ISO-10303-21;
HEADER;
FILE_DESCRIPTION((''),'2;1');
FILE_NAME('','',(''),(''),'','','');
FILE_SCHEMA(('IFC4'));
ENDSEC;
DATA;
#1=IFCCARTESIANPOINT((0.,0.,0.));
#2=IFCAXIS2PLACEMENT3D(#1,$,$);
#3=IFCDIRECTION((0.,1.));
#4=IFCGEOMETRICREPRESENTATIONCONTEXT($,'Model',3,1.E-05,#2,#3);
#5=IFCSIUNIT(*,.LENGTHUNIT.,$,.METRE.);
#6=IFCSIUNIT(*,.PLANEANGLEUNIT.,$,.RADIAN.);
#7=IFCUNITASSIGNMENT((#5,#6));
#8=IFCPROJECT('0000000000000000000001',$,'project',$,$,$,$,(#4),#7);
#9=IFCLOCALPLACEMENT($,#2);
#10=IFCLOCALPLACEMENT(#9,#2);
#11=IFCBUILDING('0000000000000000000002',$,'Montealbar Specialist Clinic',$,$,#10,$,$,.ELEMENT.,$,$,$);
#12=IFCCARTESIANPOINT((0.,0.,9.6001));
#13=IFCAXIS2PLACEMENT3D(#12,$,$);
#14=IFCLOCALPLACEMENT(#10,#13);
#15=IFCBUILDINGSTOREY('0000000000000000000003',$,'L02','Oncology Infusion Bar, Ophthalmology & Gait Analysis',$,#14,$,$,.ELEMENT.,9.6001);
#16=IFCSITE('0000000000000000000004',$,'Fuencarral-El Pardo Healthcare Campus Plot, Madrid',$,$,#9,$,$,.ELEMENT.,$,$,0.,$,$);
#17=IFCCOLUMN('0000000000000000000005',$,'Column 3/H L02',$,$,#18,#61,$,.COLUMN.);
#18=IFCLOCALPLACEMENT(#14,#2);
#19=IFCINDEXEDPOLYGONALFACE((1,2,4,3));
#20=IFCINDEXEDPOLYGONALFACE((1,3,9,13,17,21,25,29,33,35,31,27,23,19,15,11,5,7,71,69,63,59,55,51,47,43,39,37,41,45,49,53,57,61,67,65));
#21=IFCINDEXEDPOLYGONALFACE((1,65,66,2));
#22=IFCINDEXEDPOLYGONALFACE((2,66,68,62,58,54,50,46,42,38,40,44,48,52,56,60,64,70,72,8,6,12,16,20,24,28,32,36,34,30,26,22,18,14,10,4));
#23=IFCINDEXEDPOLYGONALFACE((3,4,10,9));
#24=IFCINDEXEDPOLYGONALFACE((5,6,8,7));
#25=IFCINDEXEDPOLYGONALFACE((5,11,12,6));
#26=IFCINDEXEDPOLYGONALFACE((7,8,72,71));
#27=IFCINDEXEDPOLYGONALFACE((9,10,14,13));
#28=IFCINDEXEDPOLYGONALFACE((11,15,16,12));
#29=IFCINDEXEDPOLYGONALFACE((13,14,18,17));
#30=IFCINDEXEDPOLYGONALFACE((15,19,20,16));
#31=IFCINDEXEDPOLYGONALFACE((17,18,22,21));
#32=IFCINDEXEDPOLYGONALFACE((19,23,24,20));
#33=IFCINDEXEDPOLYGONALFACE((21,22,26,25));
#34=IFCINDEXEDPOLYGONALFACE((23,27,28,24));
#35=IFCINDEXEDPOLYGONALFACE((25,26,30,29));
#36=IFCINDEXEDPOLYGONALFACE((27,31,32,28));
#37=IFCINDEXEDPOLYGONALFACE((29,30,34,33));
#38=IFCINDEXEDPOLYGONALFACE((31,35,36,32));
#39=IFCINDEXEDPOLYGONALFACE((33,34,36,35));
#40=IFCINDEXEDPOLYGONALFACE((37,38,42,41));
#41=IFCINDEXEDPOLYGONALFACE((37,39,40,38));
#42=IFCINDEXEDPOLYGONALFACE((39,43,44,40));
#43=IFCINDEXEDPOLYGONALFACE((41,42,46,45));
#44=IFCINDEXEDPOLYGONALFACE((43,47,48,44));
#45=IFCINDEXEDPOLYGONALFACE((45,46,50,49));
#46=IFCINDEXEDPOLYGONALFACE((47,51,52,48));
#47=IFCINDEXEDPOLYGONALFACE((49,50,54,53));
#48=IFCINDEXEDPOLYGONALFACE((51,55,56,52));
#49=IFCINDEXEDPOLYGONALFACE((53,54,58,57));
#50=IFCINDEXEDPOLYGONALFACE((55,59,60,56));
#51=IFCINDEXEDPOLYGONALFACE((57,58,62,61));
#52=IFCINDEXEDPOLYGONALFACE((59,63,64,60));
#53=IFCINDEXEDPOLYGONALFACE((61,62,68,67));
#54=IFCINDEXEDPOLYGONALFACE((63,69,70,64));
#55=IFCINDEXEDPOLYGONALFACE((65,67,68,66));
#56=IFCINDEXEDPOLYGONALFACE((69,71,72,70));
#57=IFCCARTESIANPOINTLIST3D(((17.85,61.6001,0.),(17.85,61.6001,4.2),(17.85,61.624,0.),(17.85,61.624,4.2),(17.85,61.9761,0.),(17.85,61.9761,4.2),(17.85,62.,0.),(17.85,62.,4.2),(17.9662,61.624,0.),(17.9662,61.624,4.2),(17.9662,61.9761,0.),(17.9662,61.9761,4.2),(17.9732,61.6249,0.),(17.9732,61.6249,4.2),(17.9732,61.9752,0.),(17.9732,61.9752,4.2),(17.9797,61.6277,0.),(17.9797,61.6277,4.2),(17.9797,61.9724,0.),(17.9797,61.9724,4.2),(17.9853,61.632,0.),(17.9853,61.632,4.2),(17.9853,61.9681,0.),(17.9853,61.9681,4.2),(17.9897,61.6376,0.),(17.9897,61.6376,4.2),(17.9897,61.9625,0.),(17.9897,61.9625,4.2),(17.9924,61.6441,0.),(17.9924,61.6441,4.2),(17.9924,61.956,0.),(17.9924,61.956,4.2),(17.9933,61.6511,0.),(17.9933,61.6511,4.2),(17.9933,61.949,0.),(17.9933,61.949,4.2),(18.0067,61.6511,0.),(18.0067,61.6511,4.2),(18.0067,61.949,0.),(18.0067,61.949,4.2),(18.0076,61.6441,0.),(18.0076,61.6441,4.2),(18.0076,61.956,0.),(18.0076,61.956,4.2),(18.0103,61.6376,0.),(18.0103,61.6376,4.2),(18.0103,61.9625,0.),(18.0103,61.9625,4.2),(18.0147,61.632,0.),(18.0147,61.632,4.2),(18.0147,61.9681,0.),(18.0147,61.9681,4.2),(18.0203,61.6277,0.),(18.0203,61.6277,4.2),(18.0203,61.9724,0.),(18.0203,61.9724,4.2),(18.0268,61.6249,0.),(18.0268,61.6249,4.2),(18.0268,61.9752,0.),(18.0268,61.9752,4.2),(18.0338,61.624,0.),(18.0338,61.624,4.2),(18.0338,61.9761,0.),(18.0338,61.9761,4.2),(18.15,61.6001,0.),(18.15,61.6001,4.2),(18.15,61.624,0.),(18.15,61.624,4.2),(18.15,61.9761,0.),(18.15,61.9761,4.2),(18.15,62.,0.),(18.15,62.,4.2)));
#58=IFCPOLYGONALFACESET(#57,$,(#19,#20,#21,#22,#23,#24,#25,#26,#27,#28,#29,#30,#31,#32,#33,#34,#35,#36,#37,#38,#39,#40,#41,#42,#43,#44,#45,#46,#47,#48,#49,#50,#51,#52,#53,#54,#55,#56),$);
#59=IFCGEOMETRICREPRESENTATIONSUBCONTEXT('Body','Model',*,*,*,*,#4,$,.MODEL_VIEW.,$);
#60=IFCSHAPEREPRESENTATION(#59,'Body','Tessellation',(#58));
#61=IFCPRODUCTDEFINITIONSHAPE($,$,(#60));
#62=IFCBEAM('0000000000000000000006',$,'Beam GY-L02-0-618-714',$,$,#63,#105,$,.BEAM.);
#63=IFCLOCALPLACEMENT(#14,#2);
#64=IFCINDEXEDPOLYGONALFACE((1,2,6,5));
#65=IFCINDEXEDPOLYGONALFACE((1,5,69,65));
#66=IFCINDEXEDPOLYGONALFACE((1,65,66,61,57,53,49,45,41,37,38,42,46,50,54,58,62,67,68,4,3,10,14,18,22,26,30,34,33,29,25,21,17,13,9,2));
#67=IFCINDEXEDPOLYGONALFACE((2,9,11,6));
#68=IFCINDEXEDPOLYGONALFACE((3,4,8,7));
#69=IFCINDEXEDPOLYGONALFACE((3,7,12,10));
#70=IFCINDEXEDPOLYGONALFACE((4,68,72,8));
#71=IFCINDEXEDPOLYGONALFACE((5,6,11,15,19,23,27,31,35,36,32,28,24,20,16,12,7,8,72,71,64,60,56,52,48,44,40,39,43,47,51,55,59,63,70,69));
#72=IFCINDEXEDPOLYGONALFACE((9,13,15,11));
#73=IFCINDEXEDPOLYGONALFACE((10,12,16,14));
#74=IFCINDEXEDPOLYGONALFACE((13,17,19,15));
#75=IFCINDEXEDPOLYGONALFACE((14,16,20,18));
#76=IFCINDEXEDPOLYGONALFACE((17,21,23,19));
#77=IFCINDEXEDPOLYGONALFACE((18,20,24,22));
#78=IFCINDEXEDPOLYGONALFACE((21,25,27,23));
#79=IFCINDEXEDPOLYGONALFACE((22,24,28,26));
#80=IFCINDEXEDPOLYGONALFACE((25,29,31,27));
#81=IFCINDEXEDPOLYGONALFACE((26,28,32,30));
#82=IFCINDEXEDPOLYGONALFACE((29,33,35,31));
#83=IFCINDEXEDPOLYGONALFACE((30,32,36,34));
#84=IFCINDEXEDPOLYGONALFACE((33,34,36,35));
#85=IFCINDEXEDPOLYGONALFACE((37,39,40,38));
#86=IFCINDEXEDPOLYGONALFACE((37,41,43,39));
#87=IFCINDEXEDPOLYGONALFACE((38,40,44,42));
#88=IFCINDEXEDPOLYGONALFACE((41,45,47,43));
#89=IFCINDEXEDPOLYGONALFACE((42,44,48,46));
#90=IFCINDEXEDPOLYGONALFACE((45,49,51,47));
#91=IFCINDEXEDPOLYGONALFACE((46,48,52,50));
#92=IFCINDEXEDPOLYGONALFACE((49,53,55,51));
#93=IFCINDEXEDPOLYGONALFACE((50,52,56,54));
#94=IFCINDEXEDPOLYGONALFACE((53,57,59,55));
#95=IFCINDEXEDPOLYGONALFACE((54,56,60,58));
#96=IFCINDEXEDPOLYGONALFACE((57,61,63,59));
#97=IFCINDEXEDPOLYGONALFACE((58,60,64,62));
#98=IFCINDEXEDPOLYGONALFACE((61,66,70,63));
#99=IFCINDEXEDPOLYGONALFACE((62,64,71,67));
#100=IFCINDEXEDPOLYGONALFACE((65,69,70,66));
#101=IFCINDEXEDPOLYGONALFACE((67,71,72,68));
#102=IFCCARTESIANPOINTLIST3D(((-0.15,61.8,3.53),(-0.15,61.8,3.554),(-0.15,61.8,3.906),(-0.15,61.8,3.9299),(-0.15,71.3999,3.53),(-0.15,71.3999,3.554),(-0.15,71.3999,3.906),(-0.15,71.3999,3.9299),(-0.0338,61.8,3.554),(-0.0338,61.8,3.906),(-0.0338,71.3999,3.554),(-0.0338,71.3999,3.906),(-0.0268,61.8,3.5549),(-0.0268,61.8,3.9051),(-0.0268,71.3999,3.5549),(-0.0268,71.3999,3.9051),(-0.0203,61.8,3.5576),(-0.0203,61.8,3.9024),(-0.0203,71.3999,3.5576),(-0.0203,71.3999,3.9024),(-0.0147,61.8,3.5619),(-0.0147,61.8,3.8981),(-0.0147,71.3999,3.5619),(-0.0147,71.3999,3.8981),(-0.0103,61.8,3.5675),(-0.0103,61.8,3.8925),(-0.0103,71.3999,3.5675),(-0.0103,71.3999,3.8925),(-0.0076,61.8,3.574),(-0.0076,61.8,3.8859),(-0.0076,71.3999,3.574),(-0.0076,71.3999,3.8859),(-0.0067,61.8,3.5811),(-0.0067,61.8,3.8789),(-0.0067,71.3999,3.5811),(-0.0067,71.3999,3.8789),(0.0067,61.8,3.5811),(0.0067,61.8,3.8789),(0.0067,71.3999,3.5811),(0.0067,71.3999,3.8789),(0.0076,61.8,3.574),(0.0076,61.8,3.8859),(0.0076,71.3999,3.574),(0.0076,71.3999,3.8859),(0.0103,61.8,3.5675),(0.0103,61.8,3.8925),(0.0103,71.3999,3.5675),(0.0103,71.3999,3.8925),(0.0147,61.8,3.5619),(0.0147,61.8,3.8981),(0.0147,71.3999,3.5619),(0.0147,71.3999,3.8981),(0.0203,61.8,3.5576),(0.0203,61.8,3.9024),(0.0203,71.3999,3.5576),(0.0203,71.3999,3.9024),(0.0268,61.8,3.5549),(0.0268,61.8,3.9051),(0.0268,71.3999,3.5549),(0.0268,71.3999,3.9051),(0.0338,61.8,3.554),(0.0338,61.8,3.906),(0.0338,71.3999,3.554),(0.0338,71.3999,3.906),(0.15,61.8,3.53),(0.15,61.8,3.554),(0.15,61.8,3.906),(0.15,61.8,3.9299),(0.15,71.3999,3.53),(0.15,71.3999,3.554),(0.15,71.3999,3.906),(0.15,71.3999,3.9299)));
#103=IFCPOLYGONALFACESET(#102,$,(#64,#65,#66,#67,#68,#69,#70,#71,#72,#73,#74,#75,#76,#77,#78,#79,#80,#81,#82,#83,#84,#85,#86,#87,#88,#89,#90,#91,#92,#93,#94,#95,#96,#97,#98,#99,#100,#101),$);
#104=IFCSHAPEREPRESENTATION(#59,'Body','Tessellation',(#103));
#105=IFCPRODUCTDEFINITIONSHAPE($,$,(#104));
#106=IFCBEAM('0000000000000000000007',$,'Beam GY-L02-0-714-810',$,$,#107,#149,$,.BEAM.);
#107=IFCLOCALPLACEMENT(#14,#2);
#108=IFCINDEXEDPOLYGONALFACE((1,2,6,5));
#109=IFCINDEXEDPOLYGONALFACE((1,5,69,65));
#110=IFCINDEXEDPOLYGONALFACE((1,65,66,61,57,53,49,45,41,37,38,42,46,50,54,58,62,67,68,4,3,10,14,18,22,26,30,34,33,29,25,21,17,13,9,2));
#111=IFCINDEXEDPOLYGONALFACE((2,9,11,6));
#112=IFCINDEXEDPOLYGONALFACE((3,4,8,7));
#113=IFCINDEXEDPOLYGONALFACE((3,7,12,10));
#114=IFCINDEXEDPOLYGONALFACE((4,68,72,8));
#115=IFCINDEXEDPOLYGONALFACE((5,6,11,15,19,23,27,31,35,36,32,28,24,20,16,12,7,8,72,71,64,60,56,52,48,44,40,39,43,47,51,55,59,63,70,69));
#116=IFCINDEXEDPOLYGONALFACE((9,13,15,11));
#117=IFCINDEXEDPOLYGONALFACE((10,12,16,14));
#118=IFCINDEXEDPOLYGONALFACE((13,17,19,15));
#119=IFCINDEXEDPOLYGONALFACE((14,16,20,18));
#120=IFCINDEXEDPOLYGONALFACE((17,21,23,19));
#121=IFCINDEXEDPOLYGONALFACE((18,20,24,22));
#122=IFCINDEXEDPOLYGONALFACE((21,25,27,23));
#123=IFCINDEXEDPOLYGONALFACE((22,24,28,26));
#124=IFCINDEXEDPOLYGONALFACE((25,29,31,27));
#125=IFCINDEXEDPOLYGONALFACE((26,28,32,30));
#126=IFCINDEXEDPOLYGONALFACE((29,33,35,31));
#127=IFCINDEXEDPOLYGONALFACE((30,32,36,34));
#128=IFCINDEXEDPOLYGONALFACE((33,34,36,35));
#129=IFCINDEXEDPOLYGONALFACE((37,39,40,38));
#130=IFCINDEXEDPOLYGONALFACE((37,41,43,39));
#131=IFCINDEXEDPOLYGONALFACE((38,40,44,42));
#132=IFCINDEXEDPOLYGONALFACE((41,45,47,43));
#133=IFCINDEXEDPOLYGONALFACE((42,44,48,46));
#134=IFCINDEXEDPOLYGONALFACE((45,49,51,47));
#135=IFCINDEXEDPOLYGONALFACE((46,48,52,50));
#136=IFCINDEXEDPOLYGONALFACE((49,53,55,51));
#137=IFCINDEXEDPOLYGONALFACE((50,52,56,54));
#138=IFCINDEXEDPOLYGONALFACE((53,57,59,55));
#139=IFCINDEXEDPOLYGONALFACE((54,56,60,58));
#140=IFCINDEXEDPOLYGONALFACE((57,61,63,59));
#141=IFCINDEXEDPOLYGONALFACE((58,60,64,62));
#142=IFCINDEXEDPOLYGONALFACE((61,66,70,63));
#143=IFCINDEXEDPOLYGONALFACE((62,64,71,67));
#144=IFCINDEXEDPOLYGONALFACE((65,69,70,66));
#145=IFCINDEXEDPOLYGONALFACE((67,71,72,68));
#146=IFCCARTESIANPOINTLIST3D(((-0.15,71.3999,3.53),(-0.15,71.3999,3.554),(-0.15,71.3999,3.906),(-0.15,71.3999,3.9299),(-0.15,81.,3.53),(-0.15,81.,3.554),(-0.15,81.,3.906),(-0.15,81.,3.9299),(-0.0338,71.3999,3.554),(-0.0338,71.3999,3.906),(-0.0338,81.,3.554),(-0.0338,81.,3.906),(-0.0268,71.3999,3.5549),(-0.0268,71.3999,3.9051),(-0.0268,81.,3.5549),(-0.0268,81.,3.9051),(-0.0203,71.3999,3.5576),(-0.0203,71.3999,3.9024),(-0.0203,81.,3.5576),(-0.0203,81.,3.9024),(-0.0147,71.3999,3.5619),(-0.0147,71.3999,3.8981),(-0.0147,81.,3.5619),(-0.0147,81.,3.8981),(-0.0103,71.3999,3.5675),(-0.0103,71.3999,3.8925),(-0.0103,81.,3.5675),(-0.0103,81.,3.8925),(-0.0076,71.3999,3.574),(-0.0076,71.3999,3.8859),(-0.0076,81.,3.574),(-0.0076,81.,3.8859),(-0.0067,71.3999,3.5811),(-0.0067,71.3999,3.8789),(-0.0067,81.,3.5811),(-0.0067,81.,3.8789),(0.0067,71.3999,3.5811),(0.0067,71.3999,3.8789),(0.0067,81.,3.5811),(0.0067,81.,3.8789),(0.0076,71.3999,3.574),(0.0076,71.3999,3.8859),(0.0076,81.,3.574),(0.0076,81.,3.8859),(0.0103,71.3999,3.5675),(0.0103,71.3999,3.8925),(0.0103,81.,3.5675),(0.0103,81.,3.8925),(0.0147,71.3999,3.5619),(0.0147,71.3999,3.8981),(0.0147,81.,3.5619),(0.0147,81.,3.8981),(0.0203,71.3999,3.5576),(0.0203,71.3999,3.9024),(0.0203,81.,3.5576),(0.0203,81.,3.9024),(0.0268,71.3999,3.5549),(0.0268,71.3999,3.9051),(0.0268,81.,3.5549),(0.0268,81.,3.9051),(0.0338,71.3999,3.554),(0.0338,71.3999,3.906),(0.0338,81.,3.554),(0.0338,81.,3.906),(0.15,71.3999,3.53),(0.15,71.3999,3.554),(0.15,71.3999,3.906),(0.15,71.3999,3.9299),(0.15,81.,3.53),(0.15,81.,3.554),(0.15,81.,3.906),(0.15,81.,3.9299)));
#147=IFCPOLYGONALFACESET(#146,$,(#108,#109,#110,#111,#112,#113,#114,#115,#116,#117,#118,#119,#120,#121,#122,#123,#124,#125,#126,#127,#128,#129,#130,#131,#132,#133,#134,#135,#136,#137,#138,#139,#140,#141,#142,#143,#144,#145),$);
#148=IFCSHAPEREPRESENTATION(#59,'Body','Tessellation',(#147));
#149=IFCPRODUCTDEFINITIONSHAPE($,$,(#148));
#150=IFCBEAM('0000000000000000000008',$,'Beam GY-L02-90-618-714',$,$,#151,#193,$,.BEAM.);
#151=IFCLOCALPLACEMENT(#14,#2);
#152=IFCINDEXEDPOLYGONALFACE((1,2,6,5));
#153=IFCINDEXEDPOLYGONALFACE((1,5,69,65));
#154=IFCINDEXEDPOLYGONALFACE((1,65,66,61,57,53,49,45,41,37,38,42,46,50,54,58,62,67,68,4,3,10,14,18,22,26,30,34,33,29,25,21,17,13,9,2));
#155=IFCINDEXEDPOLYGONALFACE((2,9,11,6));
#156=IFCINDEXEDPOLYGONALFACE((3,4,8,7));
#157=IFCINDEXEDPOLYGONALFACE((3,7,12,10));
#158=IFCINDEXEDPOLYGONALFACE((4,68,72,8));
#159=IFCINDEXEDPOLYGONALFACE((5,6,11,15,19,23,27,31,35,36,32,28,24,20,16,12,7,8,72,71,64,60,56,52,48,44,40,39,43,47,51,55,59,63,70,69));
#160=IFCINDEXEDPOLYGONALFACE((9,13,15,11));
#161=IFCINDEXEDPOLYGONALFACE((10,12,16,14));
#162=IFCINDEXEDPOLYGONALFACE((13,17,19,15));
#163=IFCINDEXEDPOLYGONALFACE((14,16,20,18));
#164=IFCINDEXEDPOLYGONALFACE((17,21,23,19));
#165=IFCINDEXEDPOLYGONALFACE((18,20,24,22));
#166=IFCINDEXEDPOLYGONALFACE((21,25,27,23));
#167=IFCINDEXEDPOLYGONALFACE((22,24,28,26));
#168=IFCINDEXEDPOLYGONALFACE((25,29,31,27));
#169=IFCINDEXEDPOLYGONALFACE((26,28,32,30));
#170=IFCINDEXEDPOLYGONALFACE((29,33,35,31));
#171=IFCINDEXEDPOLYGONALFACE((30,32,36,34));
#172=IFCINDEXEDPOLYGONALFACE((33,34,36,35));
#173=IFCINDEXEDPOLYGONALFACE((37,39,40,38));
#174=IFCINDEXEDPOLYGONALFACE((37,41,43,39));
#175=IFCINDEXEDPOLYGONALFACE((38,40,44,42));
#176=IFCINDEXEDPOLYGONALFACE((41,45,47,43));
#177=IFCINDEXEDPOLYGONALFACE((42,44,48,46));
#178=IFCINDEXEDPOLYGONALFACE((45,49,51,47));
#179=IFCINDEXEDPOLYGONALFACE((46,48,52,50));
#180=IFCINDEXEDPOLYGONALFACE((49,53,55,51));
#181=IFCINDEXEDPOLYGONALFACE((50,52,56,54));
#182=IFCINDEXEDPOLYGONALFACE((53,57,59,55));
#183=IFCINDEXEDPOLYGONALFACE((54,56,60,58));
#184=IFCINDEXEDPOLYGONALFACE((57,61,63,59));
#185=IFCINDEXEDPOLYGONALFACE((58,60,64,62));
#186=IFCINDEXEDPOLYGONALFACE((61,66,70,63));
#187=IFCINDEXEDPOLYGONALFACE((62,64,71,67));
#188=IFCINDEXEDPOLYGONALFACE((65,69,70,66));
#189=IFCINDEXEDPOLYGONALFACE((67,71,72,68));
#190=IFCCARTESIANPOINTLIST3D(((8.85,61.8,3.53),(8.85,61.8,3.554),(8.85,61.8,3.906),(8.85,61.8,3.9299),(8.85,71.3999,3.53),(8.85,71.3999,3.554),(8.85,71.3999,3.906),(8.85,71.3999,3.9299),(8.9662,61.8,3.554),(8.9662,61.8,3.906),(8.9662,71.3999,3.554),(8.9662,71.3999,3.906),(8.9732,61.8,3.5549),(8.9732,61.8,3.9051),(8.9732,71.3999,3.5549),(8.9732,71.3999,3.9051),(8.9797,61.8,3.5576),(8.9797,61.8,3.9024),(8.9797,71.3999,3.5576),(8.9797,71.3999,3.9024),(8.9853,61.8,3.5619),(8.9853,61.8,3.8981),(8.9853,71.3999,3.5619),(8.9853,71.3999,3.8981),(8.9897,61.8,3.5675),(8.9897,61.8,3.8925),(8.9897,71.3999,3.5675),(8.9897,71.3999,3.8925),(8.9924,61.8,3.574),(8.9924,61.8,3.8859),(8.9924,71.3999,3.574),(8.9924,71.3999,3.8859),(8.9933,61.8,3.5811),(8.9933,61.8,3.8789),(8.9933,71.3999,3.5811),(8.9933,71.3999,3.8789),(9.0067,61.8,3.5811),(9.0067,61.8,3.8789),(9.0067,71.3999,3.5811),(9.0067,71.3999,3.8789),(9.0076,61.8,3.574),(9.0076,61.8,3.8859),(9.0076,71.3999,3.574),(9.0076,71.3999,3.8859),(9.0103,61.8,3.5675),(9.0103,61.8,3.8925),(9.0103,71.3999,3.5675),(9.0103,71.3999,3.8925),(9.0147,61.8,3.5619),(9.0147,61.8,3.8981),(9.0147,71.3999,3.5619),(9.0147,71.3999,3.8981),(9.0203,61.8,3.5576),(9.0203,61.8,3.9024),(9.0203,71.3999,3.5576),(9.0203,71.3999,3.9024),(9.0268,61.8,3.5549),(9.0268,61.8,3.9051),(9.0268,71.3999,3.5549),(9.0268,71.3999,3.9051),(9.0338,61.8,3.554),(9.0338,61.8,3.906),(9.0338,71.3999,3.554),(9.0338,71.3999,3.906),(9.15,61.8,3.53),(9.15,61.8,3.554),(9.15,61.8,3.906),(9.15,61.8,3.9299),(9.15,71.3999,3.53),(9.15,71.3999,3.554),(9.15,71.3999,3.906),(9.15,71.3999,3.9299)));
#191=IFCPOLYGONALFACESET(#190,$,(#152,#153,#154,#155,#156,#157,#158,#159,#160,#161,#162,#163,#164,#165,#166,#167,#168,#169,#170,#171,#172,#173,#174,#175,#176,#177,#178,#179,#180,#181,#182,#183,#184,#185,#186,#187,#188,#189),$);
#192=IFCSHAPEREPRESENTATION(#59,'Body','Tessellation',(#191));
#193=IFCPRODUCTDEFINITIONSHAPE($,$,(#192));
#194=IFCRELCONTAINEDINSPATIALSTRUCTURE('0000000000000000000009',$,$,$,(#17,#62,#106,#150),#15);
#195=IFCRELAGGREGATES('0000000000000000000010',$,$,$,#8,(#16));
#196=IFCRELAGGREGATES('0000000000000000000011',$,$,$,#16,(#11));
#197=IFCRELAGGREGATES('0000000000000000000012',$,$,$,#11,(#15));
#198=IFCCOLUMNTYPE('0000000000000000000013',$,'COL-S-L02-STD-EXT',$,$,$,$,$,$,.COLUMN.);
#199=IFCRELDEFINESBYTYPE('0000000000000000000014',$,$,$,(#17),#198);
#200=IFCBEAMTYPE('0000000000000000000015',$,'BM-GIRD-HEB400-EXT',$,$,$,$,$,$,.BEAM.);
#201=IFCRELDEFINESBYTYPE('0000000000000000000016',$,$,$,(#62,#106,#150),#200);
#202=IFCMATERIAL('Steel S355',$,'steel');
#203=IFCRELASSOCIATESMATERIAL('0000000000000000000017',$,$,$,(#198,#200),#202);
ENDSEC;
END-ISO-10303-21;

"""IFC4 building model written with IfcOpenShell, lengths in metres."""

from ifc_helpers import new_model, si_unit, direction, frame, origin, origin_2d, place, context, subcontext, project, spatial, i_section, extrude, material, material_profile, profile_set, type_object, element, save


model = new_model("IFC4")

# Units and contexts
model_context = context("Model", 3, precision=1e-05, world=origin(), true_north=direction((0.0, 1.0)))
body_context = subcontext(model_context, "Body", "Model", "MODEL_VIEW")
ifc_project = project(units=[si_unit("LENGTHUNIT", "METRE"), si_unit("PLANEANGLEUNIT", "RADIAN")], contexts=[model_context])

# Site, building, storey
site_placement = place(None, origin())
site = spatial("IfcSite", under=ifc_project, at=site_placement, Name="Fuencarral-El Pardo Healthcare Campus Plot, Madrid", CompositionType="ELEMENT", RefElevation=0.0)
building_placement = place(site_placement, origin())
building = spatial("IfcBuilding", under=site, at=building_placement, Name="Montealbar Specialist Clinic", CompositionType="ELEMENT")
storey_placement = place(building_placement, frame((0.0, 0.0, 9.6001)))
storey = spatial("IfcBuildingStorey", under=building, at=storey_placement, Name="L02", Description="Oncology Infusion Bar, Ophthalmology & Gait Analysis", CompositionType="ELEMENT", Elevation=9.6001)

# Column
ifc_material_1 = material(Name="Steel S355", Category="steel")
ifc_material_profile_1 = material_profile(ifc_material_1, i_section(OverallWidth=0.3, OverallDepth=0.3999, WebThickness=0.0134, FlangeThickness=0.0239, FilletRadius=0.0271, at=origin_2d()), Name="HEB 400", Category="steel")
ifc_profile_set_1 = profile_set([ifc_material_profile_1], Name="Steel S355")
column_type_1 = type_object("IfcColumnType", Name="COL-S-L02-STD-EXT", PredefinedType="COLUMN", material=ifc_profile_set_1)
for number, where, z_axis, x_axis, name in (
    (1, (18.0, 61.8, 0.0), (0.0, 0.0, 1.0), (1.0, 0.0, 0.0), "Column 3/H L02"),
):
    element("IfcColumn", number, at=place(storey_placement, frame(where, z_axis=z_axis, x_axis=x_axis)), inside=storey, type_object=column_type_1, Name=name, PredefinedType="COLUMN", context=body_context, shape_type="SweptSolid", body=[
        extrude(i_section(OverallWidth=0.3, OverallDepth=0.3999, WebThickness=0.0134, FlangeThickness=0.0239, FilletRadius=0.0271, at=origin_2d()), origin(), (0.0, 0.0, 1.0), 4.2),
    ])

# Beams
ifc_material_profile_2 = material_profile(ifc_material_1, i_section(OverallWidth=0.3, OverallDepth=0.3999, WebThickness=0.0134, FlangeThickness=0.0239, FilletRadius=0.0271, at=origin_2d()), Name="HEB 400", Category="steel")
ifc_profile_set_2 = profile_set([ifc_material_profile_2], Name="Steel S355")
beam_type_1 = type_object("IfcBeamType", Name="BM-GIRD-HEB400-EXT", PredefinedType="BEAM", material=ifc_profile_set_2)
beam_1_placement = place(storey_placement, frame((0.0, 61.8, 3.73), z_axis=(0.0, 1.0, 0.0), x_axis=(-1.0, 0.0, 0.0)))
element("IfcBeam", 2, at=beam_1_placement, inside=storey, type_object=beam_type_1, Name="Beam GY-L02-0-618-714", PredefinedType="BEAM", context=body_context, shape_type="SweptSolid", body=[
    extrude(i_section(OverallWidth=0.3, OverallDepth=0.3999, WebThickness=0.0134, FlangeThickness=0.0239, FilletRadius=0.0271, at=origin_2d()), origin(), (0.0, 0.0, 1.0), 9.5999),
])
beam_2_placement = place(storey_placement, frame((0.0, 71.3999, 3.73), z_axis=(0.0, 1.0, 0.0), x_axis=(-1.0, 0.0, 0.0)))
element("IfcBeam", 3, at=beam_2_placement, inside=storey, type_object=beam_type_1, Name="Beam GY-L02-0-714-810", PredefinedType="BEAM", context=body_context, shape_type="SweptSolid", body=[
    extrude(i_section(OverallWidth=0.3, OverallDepth=0.3999, WebThickness=0.0134, FlangeThickness=0.0239, FilletRadius=0.0271, at=origin_2d()), origin(), (0.0, 0.0, 1.0), 9.6001),
])
beam_3_placement = place(storey_placement, frame((9.0, 61.8, 3.73), z_axis=(0.0, 1.0, 0.0), x_axis=(-1.0, 0.0, 0.0)))
element("IfcBeam", 4, at=beam_3_placement, inside=storey, type_object=beam_type_1, Name="Beam GY-L02-90-618-714", PredefinedType="BEAM", context=body_context, shape_type="SweptSolid", body=[
    extrude(i_section(OverallWidth=0.3, OverallDepth=0.3999, WebThickness=0.0134, FlangeThickness=0.0239, FilletRadius=0.0271, at=origin_2d()), origin(), (0.0, 0.0, 1.0), 9.5999),
])

save(model, "model.ifc")
